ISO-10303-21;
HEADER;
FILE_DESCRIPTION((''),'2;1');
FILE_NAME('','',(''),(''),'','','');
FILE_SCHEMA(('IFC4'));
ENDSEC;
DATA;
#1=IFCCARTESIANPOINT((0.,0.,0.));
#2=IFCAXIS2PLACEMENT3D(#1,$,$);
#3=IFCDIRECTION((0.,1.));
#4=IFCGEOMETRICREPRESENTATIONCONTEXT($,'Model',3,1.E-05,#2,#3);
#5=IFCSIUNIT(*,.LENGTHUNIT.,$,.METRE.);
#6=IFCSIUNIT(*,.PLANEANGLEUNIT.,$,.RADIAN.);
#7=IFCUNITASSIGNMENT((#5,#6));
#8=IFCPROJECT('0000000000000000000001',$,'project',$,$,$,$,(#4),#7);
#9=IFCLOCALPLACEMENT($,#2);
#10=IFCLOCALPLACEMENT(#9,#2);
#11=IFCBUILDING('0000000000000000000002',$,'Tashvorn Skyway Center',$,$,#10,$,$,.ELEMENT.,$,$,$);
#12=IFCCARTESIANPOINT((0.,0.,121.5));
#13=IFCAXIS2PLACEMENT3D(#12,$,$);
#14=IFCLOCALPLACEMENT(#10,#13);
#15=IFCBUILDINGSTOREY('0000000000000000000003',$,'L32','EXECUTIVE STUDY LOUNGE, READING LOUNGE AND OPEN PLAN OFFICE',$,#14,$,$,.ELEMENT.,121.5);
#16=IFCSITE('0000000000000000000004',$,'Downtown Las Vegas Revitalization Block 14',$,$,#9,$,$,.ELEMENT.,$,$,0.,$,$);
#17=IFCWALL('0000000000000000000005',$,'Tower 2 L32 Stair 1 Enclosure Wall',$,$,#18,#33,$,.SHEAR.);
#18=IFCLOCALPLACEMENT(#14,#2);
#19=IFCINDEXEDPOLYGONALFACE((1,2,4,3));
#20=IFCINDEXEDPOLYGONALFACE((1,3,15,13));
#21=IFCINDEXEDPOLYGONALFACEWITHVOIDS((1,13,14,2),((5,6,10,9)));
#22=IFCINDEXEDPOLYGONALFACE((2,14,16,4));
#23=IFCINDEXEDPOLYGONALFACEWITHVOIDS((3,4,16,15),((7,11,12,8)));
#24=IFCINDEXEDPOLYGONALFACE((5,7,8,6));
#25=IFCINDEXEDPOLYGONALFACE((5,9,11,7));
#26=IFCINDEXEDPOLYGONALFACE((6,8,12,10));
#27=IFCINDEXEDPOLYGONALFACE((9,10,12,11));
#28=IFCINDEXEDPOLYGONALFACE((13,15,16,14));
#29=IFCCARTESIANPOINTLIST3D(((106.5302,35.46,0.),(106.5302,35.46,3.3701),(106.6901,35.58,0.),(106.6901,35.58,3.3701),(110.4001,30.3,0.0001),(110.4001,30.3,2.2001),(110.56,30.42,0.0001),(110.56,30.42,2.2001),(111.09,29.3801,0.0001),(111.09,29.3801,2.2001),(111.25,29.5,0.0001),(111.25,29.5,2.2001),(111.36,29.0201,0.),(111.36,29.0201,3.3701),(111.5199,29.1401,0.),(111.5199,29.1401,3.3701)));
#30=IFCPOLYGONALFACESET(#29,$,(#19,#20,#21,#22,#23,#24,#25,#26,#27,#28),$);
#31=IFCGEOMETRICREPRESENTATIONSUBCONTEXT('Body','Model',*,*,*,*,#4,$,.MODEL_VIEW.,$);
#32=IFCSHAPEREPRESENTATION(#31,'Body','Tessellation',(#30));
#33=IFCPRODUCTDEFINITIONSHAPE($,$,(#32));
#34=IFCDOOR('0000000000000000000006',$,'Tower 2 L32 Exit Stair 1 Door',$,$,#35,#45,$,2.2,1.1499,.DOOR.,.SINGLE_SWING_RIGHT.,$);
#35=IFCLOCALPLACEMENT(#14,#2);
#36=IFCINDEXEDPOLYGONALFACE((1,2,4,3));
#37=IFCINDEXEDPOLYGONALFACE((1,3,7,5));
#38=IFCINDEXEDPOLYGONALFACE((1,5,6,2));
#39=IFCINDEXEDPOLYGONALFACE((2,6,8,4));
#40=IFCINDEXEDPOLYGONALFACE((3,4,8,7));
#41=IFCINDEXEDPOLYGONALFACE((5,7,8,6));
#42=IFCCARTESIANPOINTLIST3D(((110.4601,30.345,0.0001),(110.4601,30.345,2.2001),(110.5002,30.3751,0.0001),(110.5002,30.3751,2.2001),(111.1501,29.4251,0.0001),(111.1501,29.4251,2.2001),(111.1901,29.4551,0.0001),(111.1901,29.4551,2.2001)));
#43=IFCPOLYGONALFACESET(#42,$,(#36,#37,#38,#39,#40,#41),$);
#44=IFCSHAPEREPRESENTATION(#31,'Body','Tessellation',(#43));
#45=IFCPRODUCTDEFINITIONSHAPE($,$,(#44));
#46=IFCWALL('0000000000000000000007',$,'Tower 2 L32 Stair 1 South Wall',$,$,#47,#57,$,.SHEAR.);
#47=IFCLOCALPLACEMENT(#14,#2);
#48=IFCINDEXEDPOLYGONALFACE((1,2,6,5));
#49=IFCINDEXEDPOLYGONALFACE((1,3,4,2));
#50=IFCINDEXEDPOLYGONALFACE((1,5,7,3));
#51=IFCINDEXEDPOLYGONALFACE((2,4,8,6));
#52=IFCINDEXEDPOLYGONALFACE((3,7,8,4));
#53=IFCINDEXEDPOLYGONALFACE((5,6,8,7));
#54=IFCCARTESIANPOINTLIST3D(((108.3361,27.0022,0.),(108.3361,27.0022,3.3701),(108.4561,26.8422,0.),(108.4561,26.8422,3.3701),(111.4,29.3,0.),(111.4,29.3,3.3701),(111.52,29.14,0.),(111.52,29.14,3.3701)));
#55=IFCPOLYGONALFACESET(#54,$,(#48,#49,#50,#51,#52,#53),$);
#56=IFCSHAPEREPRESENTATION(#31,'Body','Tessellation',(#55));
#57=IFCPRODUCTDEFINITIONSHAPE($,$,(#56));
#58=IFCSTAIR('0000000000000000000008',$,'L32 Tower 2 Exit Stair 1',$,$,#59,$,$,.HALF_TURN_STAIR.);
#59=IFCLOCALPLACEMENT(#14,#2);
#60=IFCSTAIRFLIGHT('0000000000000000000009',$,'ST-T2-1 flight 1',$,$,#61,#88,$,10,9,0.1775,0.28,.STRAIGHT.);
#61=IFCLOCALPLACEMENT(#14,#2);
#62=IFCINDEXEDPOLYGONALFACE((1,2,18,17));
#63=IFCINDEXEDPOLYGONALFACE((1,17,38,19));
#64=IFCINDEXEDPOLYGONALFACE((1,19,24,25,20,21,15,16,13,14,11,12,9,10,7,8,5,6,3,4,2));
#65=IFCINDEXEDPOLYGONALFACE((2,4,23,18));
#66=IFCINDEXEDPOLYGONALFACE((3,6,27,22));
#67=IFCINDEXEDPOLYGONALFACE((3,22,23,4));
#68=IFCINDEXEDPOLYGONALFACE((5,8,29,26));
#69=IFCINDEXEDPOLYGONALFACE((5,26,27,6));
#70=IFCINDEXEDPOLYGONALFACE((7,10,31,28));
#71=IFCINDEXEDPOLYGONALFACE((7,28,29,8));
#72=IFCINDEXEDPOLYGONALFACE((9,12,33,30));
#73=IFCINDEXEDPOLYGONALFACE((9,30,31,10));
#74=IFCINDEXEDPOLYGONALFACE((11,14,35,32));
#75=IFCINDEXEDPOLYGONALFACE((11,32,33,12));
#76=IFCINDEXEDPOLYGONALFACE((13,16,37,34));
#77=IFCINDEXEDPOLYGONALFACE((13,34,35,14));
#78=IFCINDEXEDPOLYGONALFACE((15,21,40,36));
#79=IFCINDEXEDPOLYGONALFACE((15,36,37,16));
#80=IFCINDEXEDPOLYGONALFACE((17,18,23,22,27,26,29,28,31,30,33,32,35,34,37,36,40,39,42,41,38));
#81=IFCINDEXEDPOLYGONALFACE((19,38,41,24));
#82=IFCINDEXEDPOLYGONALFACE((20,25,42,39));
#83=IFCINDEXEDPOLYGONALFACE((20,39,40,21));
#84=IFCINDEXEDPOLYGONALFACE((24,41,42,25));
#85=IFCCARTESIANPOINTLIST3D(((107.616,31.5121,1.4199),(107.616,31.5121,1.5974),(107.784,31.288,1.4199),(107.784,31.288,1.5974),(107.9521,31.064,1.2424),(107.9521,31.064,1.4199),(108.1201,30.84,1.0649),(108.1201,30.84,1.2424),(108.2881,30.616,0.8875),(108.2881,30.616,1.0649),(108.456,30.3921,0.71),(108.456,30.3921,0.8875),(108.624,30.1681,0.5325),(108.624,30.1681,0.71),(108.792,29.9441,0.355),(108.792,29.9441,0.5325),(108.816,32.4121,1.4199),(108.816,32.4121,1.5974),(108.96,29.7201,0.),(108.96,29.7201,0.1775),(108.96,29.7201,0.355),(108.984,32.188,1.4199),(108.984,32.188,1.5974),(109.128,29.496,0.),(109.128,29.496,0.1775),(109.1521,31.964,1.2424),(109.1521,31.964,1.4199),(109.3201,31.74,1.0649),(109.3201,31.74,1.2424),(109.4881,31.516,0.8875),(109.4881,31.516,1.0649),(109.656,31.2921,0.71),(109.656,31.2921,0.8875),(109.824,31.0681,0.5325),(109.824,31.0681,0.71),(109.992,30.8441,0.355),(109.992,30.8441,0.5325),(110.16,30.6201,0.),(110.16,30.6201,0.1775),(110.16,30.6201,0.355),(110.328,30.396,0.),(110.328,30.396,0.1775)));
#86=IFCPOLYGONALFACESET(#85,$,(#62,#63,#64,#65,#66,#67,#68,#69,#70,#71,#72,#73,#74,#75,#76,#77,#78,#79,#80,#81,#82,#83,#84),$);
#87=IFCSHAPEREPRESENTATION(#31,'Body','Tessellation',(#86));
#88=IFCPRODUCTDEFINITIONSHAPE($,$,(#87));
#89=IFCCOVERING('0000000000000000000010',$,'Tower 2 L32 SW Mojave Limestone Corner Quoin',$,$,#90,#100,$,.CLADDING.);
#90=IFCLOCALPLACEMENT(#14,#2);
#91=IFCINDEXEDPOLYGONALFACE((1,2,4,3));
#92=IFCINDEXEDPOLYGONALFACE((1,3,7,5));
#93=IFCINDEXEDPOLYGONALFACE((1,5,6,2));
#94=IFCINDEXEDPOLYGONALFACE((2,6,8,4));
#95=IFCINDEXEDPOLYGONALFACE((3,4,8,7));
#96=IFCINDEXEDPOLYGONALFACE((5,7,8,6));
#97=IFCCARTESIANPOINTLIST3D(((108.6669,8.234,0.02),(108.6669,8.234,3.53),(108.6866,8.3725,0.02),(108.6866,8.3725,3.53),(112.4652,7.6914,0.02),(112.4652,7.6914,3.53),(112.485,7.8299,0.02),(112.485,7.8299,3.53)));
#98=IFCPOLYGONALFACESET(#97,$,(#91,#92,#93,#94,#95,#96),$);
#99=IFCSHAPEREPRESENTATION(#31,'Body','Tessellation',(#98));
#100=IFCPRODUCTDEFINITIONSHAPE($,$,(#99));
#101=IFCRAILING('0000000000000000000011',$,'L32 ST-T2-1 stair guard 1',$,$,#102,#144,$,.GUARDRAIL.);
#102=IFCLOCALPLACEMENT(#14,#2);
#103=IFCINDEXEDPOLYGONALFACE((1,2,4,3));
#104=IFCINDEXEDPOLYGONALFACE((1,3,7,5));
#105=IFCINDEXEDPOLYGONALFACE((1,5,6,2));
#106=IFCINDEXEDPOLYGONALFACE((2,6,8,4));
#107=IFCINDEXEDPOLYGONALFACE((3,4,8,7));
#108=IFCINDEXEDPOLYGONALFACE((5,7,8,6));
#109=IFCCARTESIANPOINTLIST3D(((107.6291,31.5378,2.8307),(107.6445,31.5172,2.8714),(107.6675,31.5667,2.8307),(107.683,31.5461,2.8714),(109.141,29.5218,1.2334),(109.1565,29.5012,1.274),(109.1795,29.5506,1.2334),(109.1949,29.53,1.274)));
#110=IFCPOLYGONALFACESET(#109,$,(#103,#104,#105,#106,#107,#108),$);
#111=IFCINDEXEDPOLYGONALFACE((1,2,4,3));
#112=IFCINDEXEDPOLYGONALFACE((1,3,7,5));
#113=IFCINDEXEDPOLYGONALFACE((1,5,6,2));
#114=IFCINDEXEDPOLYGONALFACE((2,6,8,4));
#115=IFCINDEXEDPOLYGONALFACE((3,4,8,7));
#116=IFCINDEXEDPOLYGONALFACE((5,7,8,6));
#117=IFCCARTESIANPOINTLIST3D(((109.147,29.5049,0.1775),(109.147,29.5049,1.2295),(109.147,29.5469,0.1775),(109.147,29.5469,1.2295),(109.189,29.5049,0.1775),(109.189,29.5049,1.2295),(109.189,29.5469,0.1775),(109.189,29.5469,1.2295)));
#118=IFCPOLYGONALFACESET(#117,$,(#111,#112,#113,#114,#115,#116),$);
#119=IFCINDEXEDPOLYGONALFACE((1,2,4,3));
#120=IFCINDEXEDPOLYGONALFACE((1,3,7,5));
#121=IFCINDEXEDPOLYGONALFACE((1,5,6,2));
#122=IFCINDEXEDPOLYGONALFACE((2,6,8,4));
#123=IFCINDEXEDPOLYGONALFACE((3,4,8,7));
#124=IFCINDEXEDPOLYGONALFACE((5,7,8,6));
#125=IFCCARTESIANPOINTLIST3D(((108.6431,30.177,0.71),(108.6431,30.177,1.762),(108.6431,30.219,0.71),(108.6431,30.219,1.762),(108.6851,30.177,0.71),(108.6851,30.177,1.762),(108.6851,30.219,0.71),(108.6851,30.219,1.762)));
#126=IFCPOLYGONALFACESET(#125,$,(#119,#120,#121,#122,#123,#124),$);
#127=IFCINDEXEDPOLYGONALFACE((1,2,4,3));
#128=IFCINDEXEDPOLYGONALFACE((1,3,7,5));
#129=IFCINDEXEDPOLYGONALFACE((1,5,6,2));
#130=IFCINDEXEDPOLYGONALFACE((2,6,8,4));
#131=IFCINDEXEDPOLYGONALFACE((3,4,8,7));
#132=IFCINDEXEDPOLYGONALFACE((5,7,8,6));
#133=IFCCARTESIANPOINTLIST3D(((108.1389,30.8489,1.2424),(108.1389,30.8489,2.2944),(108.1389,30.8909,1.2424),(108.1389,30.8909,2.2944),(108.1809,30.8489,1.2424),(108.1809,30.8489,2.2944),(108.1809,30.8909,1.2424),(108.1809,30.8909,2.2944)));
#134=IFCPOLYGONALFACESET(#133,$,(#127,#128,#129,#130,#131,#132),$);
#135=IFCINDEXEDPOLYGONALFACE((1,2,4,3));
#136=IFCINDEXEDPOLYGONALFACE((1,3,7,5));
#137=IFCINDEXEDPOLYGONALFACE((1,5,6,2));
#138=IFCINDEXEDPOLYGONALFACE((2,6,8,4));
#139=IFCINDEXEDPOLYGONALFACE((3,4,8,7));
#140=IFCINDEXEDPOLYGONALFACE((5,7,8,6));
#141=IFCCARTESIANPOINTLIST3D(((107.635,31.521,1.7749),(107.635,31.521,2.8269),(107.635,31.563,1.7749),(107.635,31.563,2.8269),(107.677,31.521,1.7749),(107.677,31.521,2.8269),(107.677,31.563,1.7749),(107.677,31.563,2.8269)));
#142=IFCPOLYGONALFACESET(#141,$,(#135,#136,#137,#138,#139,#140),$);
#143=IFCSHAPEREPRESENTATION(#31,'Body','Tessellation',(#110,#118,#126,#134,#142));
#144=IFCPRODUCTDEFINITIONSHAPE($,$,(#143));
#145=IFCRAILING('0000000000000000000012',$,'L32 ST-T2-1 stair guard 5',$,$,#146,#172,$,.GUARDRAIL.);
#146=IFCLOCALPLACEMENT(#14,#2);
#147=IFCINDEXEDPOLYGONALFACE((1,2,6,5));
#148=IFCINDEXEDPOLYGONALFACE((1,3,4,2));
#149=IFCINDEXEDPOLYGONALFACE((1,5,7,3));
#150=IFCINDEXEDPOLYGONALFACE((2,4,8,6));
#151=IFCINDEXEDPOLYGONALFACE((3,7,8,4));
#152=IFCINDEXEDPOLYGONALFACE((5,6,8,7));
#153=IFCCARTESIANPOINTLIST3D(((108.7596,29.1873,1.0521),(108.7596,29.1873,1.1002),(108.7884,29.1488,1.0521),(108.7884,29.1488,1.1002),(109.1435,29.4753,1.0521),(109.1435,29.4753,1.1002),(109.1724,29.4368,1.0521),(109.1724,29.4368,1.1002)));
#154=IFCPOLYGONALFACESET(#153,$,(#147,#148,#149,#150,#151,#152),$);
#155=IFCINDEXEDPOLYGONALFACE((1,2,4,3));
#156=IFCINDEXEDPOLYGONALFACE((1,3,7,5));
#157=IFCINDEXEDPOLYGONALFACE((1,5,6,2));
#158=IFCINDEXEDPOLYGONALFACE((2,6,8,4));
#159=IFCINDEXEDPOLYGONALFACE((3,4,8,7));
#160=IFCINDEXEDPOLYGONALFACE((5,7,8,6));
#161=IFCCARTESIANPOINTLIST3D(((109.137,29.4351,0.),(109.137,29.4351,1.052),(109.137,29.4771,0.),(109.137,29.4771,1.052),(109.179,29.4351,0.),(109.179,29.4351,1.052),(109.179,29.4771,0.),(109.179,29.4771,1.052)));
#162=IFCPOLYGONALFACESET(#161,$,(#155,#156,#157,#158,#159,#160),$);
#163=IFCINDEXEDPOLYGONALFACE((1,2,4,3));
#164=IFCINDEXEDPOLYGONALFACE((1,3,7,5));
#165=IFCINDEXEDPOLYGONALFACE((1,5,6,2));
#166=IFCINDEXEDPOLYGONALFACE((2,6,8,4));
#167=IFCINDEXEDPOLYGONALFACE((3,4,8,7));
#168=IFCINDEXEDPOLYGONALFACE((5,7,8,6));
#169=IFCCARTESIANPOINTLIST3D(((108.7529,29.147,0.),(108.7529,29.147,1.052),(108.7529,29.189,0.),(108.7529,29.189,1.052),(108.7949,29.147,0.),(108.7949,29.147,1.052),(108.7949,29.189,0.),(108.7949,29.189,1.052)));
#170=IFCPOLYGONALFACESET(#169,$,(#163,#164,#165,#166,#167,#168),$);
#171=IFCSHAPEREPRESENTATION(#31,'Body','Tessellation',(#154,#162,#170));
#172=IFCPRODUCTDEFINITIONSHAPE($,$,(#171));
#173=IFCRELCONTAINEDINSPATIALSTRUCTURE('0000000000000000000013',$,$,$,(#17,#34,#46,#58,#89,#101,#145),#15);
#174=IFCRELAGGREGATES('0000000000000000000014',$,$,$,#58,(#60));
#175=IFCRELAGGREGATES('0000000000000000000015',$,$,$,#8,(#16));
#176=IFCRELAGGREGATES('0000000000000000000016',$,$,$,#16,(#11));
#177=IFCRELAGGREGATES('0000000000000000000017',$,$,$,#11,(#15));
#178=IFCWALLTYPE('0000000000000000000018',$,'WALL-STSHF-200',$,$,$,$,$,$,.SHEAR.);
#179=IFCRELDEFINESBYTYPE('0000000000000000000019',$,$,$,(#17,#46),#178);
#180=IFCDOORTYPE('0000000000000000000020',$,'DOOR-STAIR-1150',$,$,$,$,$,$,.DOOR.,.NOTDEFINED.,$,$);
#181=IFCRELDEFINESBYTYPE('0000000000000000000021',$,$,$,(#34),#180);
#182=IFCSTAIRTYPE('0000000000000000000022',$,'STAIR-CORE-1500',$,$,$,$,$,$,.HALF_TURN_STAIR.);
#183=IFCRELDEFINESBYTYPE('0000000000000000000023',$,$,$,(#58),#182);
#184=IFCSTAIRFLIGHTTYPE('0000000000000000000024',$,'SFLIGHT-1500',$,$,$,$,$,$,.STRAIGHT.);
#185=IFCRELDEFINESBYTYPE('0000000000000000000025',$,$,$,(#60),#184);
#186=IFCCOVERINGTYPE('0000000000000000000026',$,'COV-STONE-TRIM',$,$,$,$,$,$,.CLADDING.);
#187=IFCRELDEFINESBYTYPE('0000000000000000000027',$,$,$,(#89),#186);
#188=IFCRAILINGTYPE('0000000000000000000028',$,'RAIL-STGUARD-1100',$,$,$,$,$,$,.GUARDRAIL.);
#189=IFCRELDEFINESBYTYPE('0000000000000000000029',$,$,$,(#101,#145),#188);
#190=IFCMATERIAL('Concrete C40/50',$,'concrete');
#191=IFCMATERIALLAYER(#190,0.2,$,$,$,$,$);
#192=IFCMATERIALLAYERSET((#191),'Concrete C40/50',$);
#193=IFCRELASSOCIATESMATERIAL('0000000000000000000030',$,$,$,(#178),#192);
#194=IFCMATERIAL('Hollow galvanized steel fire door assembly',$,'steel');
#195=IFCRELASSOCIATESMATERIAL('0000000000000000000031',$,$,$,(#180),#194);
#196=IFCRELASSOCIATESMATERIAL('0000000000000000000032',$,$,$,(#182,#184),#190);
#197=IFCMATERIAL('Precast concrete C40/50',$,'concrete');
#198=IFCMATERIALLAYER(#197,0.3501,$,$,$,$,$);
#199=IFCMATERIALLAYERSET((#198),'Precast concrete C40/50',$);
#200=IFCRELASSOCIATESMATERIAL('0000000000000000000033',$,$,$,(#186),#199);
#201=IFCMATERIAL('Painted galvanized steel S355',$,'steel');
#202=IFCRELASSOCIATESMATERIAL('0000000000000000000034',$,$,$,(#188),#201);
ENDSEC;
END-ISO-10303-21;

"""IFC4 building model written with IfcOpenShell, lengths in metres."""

from ifc_helpers import new_model, si_unit, direction, frame, frame_2d, origin, origin_2d, place, context, subcontext, project, spatial, polyline, rectangle, outline, extrude, material, layer, layer_set, type_object, element, fill, aggregate, save


model = new_model("IFC4")

# Units and contexts
model_context = context("Model", 3, precision=1e-05, world=origin(), true_north=direction((0.0, 1.0)))
body_context = subcontext(model_context, "Body", "Model", "MODEL_VIEW")
ifc_project = project(units=[si_unit("LENGTHUNIT", "METRE"), si_unit("PLANEANGLEUNIT", "RADIAN")], contexts=[model_context])

# Site, building, storey
site_placement = place(None, origin())
site = spatial("IfcSite", under=ifc_project, at=site_placement, Name="Downtown Las Vegas Revitalization Block 14", CompositionType="ELEMENT", RefElevation=0.0)
building_placement = place(site_placement, origin())
building = spatial("IfcBuilding", under=site, at=building_placement, Name="Tashvorn Skyway Center", CompositionType="ELEMENT")
storey_placement = place(building_placement, frame((0.0, 0.0, 121.5)))
storey = spatial("IfcBuildingStorey", under=building, at=storey_placement, Name="L32", Description="EXECUTIVE STUDY LOUNGE, READING LOUNGE AND OPEN PLAN OFFICE", CompositionType="ELEMENT", Elevation=121.5)

# Shared definitions
ifc_material_1 = material(Name="Precast concrete C40/50", Category="concrete")

# Shared definitions
ifc_material_2 = material(Name="Concrete C40/50", Category="concrete")

# Wall, opening, door
ifc_layer_1 = layer(ifc_material_2, 0.2)
ifc_layer_set_1 = layer_set([ifc_layer_1], Name="Concrete C40/50")
wall_type_1 = type_object("IfcWallType", Name="WALL-STSHF-200", PredefinedType="SHEAR", material=ifc_layer_set_1)
wall_1_placement = place(storey_placement, frame((111.4399, 29.0801, 0.0), z_axis=(0.0, 0.0, 1.0), x_axis=(-0.59999, 0.800007, 0.0)))
wall_1 = element("IfcWall", 1, at=wall_1_placement, inside=storey, type_object=wall_type_1, Name="Tower 2 L32 Stair 1 Enclosure Wall", PredefinedType="SHEAR", context=body_context, shape_type="SweptSolid", body=[
    extrude(rectangle(XDim=8.0498, YDim=0.2, at=frame_2d((4.0249, 0.0))), origin(), (0.0, 0.0, 1.0), 3.3701),
])
opening_1_placement = place(wall_1_placement, frame((0.45, 0.0, 0.0)))
opening_1 = element("IfcOpeningElement", 2, at=opening_1_placement, cuts=wall_1, PredefinedType="OPENING", context=body_context, shape_type="SweptSolid", body=[
    extrude(rectangle(XDim=1.1499, YDim=2.2, at=frame_2d((0.575, 1.1001))), frame((0.0, 0.1099, 0.0), z_axis=(0.0, -1.0, 0.0), x_axis=(1.0, 0.0, 0.0)), (0.0, 0.0, 1.0), 0.22),
])
ifc_material_3 = material(Name="Hollow galvanized steel fire door assembly", Category="steel")
door_type_1 = type_object("IfcDoorType", Name="DOOR-STAIR-1150", OperationType="NOTDEFINED", PredefinedType="DOOR", material=ifc_material_3)
door_1_placement = place(opening_1_placement, origin())
door_1 = element("IfcDoor", 3, at=door_1_placement, inside=storey, type_object=door_type_1, Name="Tower 2 L32 Exit Stair 1 Door", OperationType="SINGLE_SWING_RIGHT", OverallHeight=2.2, OverallWidth=1.1499, PredefinedType="DOOR", context=body_context, shape_type="SweptSolid", body=[
    extrude(rectangle(XDim=1.1499, YDim=2.2, at=frame_2d((0.575, 1.1001))), frame((0.0, 0.0249, 0.0), z_axis=(0.0, -1.0, 0.0), x_axis=(1.0, 0.0, 0.0)), (0.0, 0.0, 1.0), 0.05),
])
fill(opening_1, door_1)

# Wall
wall_2_placement = place(storey_placement, frame((108.396, 26.9221, 0.0), z_axis=(0.0, 0.0, 1.0), x_axis=(0.800015, 0.59998, 0.0)))
element("IfcWall", 4, at=wall_2_placement, inside=storey, type_object=wall_type_1, Name="Tower 2 L32 Stair 1 South Wall", PredefinedType="SHEAR", context=body_context, shape_type="SweptSolid", body=[
    extrude(rectangle(XDim=3.8298, YDim=0.2, at=frame_2d((1.915, 0.0))), origin(), (0.0, 0.0, 1.0), 3.3701),
])

# Stair, stair flight
stair_type = type_object("IfcStairType", Name="STAIR-CORE-1500", PredefinedType="HALF_TURN_STAIR", material=ifc_material_2)
stair_placement = place(storey_placement, origin())
stair = element("IfcStair", 5, at=stair_placement, inside=storey, type_object=stair_type, Name="L32 Tower 2 Exit Stair 1", PredefinedType="HALF_TURN_STAIR")
stair_flight_type = type_object("IfcStairFlightType", Name="SFLIGHT-1500", PredefinedType="STRAIGHT", material=ifc_material_2)
stair_flight_placement = place(storey_placement, frame((109.728, 29.946, 0.0), z_axis=(0.0, 0.0, 1.0), x_axis=(-0.6, 0.8, 0.0)))
stair_flight = element("IfcStairFlight", 6, at=stair_flight_placement, type_object=stair_flight_type, Name="ST-T2-1 flight 1", NumberOfRisers=10, NumberOfTreads=9, PredefinedType="STRAIGHT", RiserHeight=0.1775, TreadLength=0.28, context=body_context, shape_type="SweptSolid", body=[
    extrude(outline(polyline([(0.0, 0.0), (0.0, 0.1775), (0.28, 0.1775), (0.28, 0.355), (0.5601, 0.355), (0.5601, 0.5325), (0.8401, 0.5325), (0.8401, 0.71), (1.1201, 0.71), (1.1201, 0.8875), (1.3999, 0.8875), (1.3999, 1.0649), (1.6799, 1.0649), (1.6799, 1.2424), (1.96, 1.2424), (1.96, 1.4199), (2.24, 1.4199), (2.24, 1.5974), (2.52, 1.5974), (2.52, 1.7749), (2.52, 1.4199), (0.28, 0.0), (0.0, 0.0)])), frame((0.0, 0.75, 0.0), z_axis=(0.0, -1.0, 0.0), x_axis=(1.0, 0.0, 0.0)), (0.0, 0.0, 1.0), 1.5),
])
aggregate(stair, [stair_flight])

# Covering
ifc_layer_2 = layer(ifc_material_1, 0.3501)
ifc_layer_set_2 = layer_set([ifc_layer_2], Name="Precast concrete C40/50")
covering_type = type_object("IfcCoveringType", Name="COV-STONE-TRIM", PredefinedType="CLADDING", material=ifc_layer_set_2)
covering_placement = place(storey_placement, frame((110.5759, 8.032, 0.02), z_axis=(0.0, 0.0, 1.0), x_axis=(-0.989949, 0.141421, 0.0)))
element("IfcCovering", 7, at=covering_placement, inside=storey, type_object=covering_type, Name="Tower 2 L32 SW Mojave Limestone Corner Quoin", PredefinedType="CLADDING", context=body_context, shape_type="SweptSolid", body=[
    extrude(rectangle(XDim=3.8369, YDim=0.1399, at=origin_2d()), origin(), (0.0, 0.0, 1.0), 3.51),
])

# Railings
ifc_material_4 = material(Name="Painted galvanized steel S355", Category="steel")
railing_type = type_object("IfcRailingType", Name="RAIL-STGUARD-1100", PredefinedType="GUARDRAIL", material=ifc_material_4)
railing_1_placement = place(storey_placement, frame((109.168, 29.5259, 0.1775)))
element("IfcRailing", 8, at=railing_1_placement, inside=storey, type_object=railing_type, Name="L32 ST-T2-1 stair guard 1", PredefinedType="GUARDRAIL", context=body_context, shape_type="SweptSolid", body=[
    extrude(rectangle(XDim=0.0481, YDim=0.0481, at=origin_2d()), frame((0.0, 0.0, 1.0762), z_axis=(-0.506741, 0.675709, 0.535379), x_axis=(-0.800023, -0.599969, 0.0)), (0.0, 0.0, 1.0), 2.9836),
    extrude(rectangle(XDim=0.042, YDim=0.042, at=origin_2d()), origin(), (0.0, 0.0, 1.0), 1.052),
    extrude(rectangle(XDim=0.042, YDim=0.042, at=origin_2d()), frame((-0.5039, 0.6721, 0.5325)), (0.0, 0.0, 1.0), 1.052),
    extrude(rectangle(XDim=0.042, YDim=0.042, at=origin_2d()), frame((-1.0081, 1.344, 1.0649)), (0.0, 0.0, 1.0), 1.052),
    extrude(rectangle(XDim=0.042, YDim=0.042, at=origin_2d()), frame((-1.512, 2.0161, 1.5974)), (0.0, 0.0, 1.0), 1.052),
])
railing_2_placement = place(storey_placement, frame((109.158, 29.4561, 0.0)))
element("IfcRailing", 9, at=railing_2_placement, inside=storey, type_object=railing_type, Name="L32 ST-T2-1 stair guard 5", PredefinedType="GUARDRAIL", context=body_context, shape_type="SweptSolid", body=[
    extrude(rectangle(XDim=0.0481, YDim=0.0481, at=origin_2d()), frame((0.0, 0.0, 1.0762), z_axis=(-0.799939, -0.600081, 0.0), x_axis=(0.600081, -0.799939, 0.0)), (0.0, 0.0, 1.0), 0.48),
    extrude(rectangle(XDim=0.042, YDim=0.042, at=origin_2d()), origin(), (0.0, 0.0, 1.0), 1.052),
    extrude(rectangle(XDim=0.042, YDim=0.042, at=origin_2d()), frame((-0.384, -0.2881, 0.0)), (0.0, 0.0, 1.0), 1.052),
])

save(model, "model.ifc")
